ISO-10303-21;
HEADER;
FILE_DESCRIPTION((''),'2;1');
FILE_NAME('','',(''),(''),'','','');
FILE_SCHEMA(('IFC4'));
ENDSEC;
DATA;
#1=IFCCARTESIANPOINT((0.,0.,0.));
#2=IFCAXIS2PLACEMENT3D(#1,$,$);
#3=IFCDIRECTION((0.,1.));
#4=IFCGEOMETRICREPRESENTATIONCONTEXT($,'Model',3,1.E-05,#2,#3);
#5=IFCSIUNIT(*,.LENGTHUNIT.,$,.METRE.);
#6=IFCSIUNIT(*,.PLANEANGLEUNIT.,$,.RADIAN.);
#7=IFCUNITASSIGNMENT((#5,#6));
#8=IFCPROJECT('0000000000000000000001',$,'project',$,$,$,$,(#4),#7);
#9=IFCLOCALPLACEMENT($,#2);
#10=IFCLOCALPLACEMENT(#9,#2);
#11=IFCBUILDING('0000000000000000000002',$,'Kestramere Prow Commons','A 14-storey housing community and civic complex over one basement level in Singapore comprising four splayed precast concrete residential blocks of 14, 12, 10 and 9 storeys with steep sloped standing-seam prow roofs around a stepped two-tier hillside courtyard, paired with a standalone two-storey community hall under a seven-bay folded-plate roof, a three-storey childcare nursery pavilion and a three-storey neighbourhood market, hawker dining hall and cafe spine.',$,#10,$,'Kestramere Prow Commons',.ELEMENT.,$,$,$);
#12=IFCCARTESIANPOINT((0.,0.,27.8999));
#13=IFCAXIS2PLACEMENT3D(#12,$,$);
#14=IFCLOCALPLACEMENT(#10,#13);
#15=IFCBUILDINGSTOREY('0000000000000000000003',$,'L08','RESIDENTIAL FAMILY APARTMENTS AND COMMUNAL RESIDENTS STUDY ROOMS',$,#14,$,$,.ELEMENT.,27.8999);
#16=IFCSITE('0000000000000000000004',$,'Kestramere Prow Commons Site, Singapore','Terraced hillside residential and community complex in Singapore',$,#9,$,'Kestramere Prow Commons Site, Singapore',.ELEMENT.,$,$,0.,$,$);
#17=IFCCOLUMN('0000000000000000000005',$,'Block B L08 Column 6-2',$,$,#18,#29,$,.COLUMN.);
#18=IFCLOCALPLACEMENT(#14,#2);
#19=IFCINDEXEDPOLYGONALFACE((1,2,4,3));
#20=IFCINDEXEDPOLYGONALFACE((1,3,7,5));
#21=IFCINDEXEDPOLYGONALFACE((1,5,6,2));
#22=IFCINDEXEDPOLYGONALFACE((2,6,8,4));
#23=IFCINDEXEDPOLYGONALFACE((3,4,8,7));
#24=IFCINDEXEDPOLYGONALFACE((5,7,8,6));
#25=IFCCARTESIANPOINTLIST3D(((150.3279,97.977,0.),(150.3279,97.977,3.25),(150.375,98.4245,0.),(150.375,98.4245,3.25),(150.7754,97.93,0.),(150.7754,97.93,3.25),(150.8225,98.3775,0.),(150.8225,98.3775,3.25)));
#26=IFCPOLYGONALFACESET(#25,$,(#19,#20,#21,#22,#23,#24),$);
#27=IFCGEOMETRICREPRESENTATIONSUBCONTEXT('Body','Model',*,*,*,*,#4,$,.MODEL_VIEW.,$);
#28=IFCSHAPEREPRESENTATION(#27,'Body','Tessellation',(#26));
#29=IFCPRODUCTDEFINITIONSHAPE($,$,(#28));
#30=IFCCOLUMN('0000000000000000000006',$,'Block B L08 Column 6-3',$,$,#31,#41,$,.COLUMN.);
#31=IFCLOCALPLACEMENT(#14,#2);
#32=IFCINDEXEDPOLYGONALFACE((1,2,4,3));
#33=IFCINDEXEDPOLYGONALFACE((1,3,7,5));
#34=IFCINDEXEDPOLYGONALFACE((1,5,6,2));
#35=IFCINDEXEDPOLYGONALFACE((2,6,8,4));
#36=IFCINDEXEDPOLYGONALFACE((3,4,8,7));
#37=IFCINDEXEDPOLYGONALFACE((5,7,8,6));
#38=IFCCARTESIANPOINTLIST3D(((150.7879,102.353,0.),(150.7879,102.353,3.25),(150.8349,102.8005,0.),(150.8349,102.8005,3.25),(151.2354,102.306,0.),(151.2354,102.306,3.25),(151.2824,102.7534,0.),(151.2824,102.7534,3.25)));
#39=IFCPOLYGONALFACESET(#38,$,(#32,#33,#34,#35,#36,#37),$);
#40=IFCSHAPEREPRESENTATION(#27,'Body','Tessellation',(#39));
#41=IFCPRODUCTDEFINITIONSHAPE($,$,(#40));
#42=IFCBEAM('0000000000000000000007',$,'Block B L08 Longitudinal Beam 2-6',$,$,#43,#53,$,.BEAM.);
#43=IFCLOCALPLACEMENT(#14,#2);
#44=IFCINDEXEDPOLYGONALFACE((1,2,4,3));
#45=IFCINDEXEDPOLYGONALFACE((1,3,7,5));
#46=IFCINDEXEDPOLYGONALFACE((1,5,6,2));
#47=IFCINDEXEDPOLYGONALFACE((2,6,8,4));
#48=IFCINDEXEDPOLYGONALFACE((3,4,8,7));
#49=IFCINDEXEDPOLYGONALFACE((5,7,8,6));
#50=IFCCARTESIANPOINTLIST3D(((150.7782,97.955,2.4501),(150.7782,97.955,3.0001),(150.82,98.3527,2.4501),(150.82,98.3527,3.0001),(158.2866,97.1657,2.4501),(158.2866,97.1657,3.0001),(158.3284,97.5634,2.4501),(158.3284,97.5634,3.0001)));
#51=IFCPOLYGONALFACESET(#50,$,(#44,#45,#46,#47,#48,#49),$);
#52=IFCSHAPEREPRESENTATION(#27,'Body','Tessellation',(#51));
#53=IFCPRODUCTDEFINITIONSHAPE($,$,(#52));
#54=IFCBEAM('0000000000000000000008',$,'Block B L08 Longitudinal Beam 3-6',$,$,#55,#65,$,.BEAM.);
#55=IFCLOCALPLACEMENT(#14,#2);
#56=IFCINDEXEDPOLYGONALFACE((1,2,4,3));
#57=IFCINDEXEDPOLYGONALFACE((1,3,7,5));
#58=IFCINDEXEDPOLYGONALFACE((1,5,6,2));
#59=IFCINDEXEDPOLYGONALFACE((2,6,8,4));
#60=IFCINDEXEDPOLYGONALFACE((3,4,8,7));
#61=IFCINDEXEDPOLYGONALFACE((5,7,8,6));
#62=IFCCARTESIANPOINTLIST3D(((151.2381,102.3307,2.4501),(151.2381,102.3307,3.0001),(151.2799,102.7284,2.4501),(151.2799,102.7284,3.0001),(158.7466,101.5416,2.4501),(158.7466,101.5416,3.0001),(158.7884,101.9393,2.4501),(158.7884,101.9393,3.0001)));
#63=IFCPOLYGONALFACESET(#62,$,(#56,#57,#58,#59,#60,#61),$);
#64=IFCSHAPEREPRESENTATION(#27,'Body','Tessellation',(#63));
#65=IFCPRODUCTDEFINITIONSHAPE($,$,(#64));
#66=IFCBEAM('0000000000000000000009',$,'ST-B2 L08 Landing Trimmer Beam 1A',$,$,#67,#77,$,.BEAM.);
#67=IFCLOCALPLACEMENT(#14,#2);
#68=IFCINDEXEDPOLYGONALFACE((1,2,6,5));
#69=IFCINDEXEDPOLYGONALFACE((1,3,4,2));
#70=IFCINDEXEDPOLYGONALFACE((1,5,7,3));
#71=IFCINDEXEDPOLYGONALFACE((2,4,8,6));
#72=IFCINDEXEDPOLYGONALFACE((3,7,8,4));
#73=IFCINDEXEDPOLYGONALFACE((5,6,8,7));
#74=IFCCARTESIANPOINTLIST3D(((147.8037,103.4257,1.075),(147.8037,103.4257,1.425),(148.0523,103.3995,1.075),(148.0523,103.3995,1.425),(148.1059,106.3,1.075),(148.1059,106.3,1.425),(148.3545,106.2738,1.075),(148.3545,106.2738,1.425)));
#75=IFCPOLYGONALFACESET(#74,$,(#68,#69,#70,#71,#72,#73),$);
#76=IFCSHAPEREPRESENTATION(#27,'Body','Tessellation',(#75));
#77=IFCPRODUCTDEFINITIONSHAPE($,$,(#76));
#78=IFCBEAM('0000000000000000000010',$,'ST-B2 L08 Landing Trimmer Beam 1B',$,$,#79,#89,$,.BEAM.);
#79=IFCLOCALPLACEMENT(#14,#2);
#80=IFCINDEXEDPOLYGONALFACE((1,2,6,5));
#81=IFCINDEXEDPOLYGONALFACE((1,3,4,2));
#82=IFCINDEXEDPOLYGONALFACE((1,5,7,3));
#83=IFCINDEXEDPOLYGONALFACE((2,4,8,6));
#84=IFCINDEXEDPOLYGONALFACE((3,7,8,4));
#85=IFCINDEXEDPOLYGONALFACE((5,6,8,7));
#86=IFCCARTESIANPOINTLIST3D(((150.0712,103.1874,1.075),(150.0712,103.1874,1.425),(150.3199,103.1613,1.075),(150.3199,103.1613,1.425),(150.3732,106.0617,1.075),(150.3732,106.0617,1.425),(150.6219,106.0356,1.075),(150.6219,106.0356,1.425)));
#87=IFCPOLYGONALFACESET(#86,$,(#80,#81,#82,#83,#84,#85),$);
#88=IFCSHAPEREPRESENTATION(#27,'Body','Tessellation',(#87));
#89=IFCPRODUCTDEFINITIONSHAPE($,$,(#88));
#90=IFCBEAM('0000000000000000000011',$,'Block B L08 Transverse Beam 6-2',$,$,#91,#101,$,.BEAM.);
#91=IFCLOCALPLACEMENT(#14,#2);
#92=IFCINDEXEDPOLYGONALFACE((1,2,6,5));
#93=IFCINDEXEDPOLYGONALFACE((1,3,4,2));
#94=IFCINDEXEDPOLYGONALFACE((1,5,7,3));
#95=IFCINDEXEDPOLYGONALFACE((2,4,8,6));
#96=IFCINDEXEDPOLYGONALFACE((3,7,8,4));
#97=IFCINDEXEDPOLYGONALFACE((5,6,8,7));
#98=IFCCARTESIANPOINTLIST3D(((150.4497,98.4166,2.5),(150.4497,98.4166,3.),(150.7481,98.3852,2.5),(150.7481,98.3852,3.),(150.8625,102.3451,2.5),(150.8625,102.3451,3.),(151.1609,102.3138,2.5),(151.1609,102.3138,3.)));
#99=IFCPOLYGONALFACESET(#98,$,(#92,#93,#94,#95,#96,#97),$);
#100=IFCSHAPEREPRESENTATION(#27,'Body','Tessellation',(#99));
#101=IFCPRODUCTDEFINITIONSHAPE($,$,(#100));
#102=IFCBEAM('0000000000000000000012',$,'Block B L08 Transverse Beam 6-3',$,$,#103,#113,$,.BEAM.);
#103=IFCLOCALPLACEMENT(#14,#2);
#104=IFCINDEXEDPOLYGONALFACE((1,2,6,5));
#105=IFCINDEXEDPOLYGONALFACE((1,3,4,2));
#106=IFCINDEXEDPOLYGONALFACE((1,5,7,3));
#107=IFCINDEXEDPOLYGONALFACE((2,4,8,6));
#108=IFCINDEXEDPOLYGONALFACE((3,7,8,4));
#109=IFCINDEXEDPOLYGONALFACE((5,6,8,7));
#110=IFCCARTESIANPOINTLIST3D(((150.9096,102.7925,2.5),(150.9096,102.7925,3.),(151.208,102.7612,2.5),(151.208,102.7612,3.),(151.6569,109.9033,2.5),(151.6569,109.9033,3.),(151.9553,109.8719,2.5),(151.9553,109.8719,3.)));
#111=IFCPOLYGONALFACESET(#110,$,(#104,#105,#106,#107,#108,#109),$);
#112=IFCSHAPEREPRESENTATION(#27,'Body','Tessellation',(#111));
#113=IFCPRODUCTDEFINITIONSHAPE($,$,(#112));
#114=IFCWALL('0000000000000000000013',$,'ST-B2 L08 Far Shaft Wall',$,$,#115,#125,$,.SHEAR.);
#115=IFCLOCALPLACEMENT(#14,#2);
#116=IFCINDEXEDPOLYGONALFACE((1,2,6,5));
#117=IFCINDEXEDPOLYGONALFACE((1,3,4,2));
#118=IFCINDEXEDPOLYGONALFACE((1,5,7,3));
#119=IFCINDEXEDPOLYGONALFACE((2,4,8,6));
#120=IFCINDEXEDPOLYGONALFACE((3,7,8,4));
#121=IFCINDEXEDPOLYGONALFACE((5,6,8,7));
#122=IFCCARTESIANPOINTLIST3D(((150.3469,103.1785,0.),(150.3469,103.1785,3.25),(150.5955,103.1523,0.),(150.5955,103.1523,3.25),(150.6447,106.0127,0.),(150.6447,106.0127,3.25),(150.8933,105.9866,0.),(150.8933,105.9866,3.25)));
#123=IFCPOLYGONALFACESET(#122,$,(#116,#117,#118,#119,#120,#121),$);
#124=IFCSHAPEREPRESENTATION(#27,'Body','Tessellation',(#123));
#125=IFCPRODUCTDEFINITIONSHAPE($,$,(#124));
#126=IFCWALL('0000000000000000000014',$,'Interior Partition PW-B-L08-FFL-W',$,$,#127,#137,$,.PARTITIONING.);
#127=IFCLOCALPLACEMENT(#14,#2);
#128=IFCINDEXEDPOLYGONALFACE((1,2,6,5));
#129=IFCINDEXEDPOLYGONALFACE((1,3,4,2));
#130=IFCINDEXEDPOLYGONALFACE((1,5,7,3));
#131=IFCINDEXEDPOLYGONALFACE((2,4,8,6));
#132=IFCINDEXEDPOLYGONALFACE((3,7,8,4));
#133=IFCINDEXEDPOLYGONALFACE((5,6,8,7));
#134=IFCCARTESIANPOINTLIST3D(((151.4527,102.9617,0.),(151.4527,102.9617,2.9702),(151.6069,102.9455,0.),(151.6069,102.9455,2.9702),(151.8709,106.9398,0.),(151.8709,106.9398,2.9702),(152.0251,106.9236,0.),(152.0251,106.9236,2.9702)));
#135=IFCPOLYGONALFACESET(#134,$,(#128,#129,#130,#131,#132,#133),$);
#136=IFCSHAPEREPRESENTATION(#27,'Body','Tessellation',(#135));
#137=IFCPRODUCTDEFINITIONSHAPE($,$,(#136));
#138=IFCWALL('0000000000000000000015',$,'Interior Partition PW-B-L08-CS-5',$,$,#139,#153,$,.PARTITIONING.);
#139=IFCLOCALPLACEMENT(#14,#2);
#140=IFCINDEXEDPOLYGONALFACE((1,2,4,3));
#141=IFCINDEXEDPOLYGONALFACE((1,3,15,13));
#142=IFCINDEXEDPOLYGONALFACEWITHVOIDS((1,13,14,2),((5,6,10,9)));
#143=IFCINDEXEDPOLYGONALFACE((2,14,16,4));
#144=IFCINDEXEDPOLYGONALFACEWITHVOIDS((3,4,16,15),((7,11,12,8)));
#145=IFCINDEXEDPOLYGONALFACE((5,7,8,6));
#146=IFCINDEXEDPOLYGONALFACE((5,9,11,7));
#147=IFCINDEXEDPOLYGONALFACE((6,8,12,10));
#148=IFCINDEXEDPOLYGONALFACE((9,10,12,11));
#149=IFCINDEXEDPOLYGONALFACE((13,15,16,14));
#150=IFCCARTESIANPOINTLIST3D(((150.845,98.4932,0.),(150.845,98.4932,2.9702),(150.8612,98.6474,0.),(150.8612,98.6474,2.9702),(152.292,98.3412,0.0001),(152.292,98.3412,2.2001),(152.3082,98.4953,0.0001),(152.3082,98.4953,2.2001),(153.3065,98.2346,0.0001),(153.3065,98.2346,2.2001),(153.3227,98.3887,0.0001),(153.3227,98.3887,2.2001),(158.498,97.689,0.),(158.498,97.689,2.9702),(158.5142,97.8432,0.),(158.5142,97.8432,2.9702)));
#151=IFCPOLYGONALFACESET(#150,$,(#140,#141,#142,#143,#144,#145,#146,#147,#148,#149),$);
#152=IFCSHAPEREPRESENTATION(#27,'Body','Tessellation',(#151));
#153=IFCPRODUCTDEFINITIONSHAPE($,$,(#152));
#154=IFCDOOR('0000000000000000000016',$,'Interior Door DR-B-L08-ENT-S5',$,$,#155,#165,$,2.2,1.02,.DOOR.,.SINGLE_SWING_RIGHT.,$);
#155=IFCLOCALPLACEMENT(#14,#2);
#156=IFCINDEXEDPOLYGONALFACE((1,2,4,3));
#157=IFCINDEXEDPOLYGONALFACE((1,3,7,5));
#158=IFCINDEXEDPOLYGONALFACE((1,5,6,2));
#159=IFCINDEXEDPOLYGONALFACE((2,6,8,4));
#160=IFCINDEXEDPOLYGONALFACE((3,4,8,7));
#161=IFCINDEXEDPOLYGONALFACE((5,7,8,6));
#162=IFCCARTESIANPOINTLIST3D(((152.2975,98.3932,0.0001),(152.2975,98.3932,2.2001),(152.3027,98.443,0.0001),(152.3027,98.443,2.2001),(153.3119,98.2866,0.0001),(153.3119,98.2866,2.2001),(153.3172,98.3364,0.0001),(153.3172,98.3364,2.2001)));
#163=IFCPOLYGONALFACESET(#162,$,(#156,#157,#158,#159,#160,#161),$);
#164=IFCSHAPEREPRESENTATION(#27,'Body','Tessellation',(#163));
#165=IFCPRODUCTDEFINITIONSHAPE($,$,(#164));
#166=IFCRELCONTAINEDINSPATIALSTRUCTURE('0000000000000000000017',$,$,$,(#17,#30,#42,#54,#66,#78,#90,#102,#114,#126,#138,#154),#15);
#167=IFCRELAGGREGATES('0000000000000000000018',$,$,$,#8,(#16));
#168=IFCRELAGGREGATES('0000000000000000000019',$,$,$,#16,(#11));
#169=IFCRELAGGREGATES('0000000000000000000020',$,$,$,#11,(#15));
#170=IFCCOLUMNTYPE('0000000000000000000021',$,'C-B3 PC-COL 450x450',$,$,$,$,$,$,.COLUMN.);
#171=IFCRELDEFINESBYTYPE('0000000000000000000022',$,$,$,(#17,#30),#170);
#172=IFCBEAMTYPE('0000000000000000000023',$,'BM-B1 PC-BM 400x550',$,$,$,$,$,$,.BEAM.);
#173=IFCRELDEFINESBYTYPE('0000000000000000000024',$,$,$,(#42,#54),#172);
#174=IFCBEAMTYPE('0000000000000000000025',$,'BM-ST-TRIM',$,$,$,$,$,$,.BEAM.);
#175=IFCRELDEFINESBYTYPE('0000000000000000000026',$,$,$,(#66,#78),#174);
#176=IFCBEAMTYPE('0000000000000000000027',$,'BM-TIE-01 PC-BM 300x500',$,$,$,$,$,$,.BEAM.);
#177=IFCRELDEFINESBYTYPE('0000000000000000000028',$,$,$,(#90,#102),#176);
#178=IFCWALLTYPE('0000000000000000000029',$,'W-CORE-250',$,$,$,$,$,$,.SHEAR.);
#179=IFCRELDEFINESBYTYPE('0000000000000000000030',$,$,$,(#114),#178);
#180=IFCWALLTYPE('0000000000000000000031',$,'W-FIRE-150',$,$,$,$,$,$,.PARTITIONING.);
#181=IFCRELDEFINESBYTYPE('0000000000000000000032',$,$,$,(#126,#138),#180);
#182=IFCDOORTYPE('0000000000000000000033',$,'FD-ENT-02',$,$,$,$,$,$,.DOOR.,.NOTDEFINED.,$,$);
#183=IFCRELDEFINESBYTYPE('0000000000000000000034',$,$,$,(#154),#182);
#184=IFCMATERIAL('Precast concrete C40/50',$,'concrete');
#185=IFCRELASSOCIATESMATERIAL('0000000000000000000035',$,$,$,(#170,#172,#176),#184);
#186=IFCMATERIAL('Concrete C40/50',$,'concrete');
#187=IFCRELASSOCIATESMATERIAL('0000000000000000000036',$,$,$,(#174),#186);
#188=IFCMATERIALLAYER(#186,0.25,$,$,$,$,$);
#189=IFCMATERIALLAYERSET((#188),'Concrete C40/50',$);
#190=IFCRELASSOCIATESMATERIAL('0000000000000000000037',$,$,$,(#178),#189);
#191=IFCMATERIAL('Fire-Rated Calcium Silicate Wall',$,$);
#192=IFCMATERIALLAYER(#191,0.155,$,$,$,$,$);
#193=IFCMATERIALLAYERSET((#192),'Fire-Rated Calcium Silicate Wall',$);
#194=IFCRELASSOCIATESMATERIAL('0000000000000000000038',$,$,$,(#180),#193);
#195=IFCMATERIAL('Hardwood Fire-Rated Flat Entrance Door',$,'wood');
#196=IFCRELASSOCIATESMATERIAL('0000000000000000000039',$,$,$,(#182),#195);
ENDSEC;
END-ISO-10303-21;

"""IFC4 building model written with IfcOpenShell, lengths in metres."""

from ifc_helpers import new_model, si_unit, direction, frame, frame_2d, origin, origin_2d, place, context, subcontext, project, spatial, rectangle, extrude, material, layer, layer_set, material_profile, profile_set, type_object, element, fill, save


model = new_model("IFC4")

# Units and contexts
model_context = context("Model", 3, precision=1e-05, world=origin(), true_north=direction((0.0, 1.0)))
body_context = subcontext(model_context, "Body", "Model", "MODEL_VIEW")
ifc_project = project(units=[si_unit("LENGTHUNIT", "METRE"), si_unit("PLANEANGLEUNIT", "RADIAN")], contexts=[model_context])

# Site, building, storey
site_placement = place(None, origin())
site = spatial("IfcSite", under=ifc_project, at=site_placement, Name="Kestramere Prow Commons Site, Singapore", Description="Terraced hillside residential and community complex in Singapore", LongName="Kestramere Prow Commons Site, Singapore", CompositionType="ELEMENT", RefElevation=0.0)
building_placement = place(site_placement, origin())
building = spatial("IfcBuilding", under=site, at=building_placement, Name="Kestramere Prow Commons", Description="A 14-storey housing community and civic complex over one basement level in Singapore comprising four splayed precast concrete residential blocks of 14, 12, 10 and 9 storeys with steep sloped standing-seam prow roofs around a stepped two-tier hillside courtyard, paired with a standalone two-storey community hall under a seven-bay folded-plate roof, a three-storey childcare nursery pavilion and a three-storey neighbourhood market, hawker dining hall and cafe spine.", LongName="Kestramere Prow Commons", CompositionType="ELEMENT")
storey_placement = place(building_placement, frame((0.0, 0.0, 27.8999)))
storey = spatial("IfcBuildingStorey", under=building, at=storey_placement, Name="L08", Description="RESIDENTIAL FAMILY APARTMENTS AND COMMUNAL RESIDENTS STUDY ROOMS", CompositionType="ELEMENT", Elevation=27.8999)

# Columns
ifc_material_1 = material(Name="Precast concrete C40/50", Category="concrete")
ifc_material_profile_1 = material_profile(ifc_material_1, rectangle(XDim=0.45, YDim=0.45, at=origin_2d()), Name="PC-COL 450x450")
ifc_profile_set_1 = profile_set([ifc_material_profile_1], Name="Precast concrete C40/50")
column_type = type_object("IfcColumnType", Name="C-B3 PC-COL 450x450", PredefinedType="COLUMN", material=ifc_profile_set_1)
for number, where, z_axis, x_axis, name in (
    (1, (150.5752, 98.1772, 0.0), (0.0, 0.0, 1.0), (0.994522, -0.104528, 0.0), "Block B L08 Column 6-2"),
    (2, (151.0352, 102.5532, 0.0), (0.0, 0.0, 1.0), (0.994522, -0.104528, 0.0), "Block B L08 Column 6-3"),
):
    element("IfcColumn", number, at=place(storey_placement, frame(where, z_axis=z_axis, x_axis=x_axis)), inside=storey, type_object=column_type, Name=name, PredefinedType="COLUMN", context=body_context, shape_type="SweptSolid", body=[
        extrude(rectangle(XDim=0.45, YDim=0.45, at=origin_2d()), origin(), (0.0, 0.0, 1.0), 3.25),
    ])

# Beams
ifc_material_profile_2 = material_profile(ifc_material_1, rectangle(XDim=0.3999, YDim=0.55, at=origin_2d()), Name="PC-BM 400x550")
ifc_profile_set_2 = profile_set([ifc_material_profile_2], Name="Precast concrete C40/50")
beam_type_1 = type_object("IfcBeamType", Name="BM-B1 PC-BM 400x550", PredefinedType="BEAM", material=ifc_profile_set_2)
for number, where, z_axis, x_axis, name in (
    (3, (150.7991, 98.1538, 2.7251), (0.99452, -0.104545, 0.0), (0.104545, 0.99452, 0.0), "Block B L08 Longitudinal Beam 2-6"),
    (4, (151.259, 102.5295, 2.7251), (0.994524, -0.104513, 0.0), (0.104513, 0.994524, 0.0), "Block B L08 Longitudinal Beam 3-6"),
):
    element("IfcBeam", number, at=place(storey_placement, frame(where, z_axis=z_axis, x_axis=x_axis)), inside=storey, type_object=beam_type_1, Name=name, PredefinedType="BEAM", context=body_context, shape_type="SweptSolid", body=[
        extrude(rectangle(XDim=0.3999, YDim=0.55, at=origin_2d()), origin(), (0.0, 0.0, 1.0), 7.5498),
    ])
ifc_material_2 = material(Name="Concrete C40/50", Category="concrete")
ifc_material_profile_3 = material_profile(ifc_material_2, rectangle(XDim=0.25, YDim=0.3501, at=origin_2d()), Name="PC-BM 250x350")
ifc_profile_set_3 = profile_set([ifc_material_profile_3], Name="Concrete C40/50")
beam_type_2 = type_object("IfcBeamType", Name="BM-ST-TRIM", PredefinedType="BEAM", material=ifc_profile_set_3)
for number, where, z_axis, x_axis, name in (
    (5, (147.928, 103.4126, 1.25), (0.104579, 0.994517, 0.0), (-0.994517, 0.104579, 0.0), "ST-B2 L08 Landing Trimmer Beam 1A"),
    (6, (150.1956, 103.1743, 1.25), (0.104496, 0.994525, 0.0), (-0.994525, 0.104496, 0.0), "ST-B2 L08 Landing Trimmer Beam 1B"),
):
    element("IfcBeam", number, at=place(storey_placement, frame(where, z_axis=z_axis, x_axis=x_axis)), inside=storey, type_object=beam_type_2, Name=name, PredefinedType="BEAM", context=body_context, shape_type="SweptSolid", body=[
        extrude(rectangle(XDim=0.25, YDim=0.3501, at=origin_2d()), origin(), (0.0, 0.0, 1.0), 2.8901),
    ])
ifc_material_profile_4 = material_profile(ifc_material_1, rectangle(XDim=0.3, YDim=0.5, at=origin_2d()), Name="PC-BM 300x500")
ifc_profile_set_4 = profile_set([ifc_material_profile_4], Name="Precast concrete C40/50")
beam_type_3 = type_object("IfcBeamType", Name="BM-TIE-01 PC-BM 300x500", PredefinedType="BEAM", material=ifc_profile_set_4)
beam_1_placement = place(storey_placement, frame((150.5989, 98.4009, 2.75), z_axis=(0.104514, 0.994523, 0.0), x_axis=(-0.994523, 0.104514, 0.0)))
element("IfcBeam", 7, at=beam_1_placement, inside=storey, type_object=beam_type_3, Name="Block B L08 Transverse Beam 6-2", PredefinedType="BEAM", context=body_context, shape_type="SweptSolid", body=[
    extrude(rectangle(XDim=0.3, YDim=0.5, at=origin_2d()), origin(), (0.0, 0.0, 1.0), 3.9502),
])
beam_2_placement = place(storey_placement, frame((151.0588, 102.7769, 2.75), z_axis=(0.104519, 0.994523, 0.0), x_axis=(-0.994523, 0.104519, 0.0)))
element("IfcBeam", 8, at=beam_2_placement, inside=storey, type_object=beam_type_3, Name="Block B L08 Transverse Beam 6-3", PredefinedType="BEAM", context=body_context, shape_type="SweptSolid", body=[
    extrude(rectangle(XDim=0.3, YDim=0.5, at=origin_2d()), origin(), (0.0, 0.0, 1.0), 7.1499),
])

# Wall
ifc_layer_1 = layer(ifc_material_2, 0.25)
ifc_layer_set_1 = layer_set([ifc_layer_1], Name="Concrete C40/50")
wall_type_1 = type_object("IfcWallType", Name="W-CORE-250", PredefinedType="SHEAR", material=ifc_layer_set_1)
wall_1_placement = place(storey_placement, frame((150.4712, 103.1655, 0.0), z_axis=(0.0, 0.0, 1.0), x_axis=(0.104515, 0.994523, 0.0)))
element("IfcWall", 9, at=wall_1_placement, inside=storey, type_object=wall_type_1, Name="ST-B2 L08 Far Shaft Wall", PredefinedType="SHEAR", context=body_context, shape_type="SweptSolid", body=[
    extrude(rectangle(XDim=2.8499, YDim=0.25, at=frame_2d((1.4248, 0.0))), origin(), (0.0, 0.0, 1.0), 3.25),
])

# Shared definitions
ifc_material_3 = material(Name="Fire-Rated Calcium Silicate Wall")
ifc_layer_2 = layer(ifc_material_3, 0.155)
ifc_layer_set_2 = layer_set([ifc_layer_2], Name="Fire-Rated Calcium Silicate Wall")
wall_type_2 = type_object("IfcWallType", Name="W-FIRE-150", PredefinedType="PARTITIONING", material=ifc_layer_set_2)

# Wall
wall_2_placement = place(storey_placement, frame((151.5298, 102.9536, 0.0), z_axis=(0.0, 0.0, 1.0), x_axis=(0.104555, 0.994519, 0.0)))
element("IfcWall", 10, at=wall_2_placement, inside=storey, type_object=wall_type_2, Name="Interior Partition PW-B-L08-FFL-W", PredefinedType="PARTITIONING", context=body_context, shape_type="SweptSolid", body=[
    extrude(rectangle(XDim=4.0, YDim=0.155, at=frame_2d((2.0, 0.0))), origin(), (0.0, 0.0, 1.0), 2.9702),
])

# Wall, opening, door
wall_3_placement = place(storey_placement, frame((150.853, 98.5703, 0.0), z_axis=(0.0, 0.0, 1.0), x_axis=(0.994524, -0.10451, 0.0)))
wall_3 = element("IfcWall", 11, at=wall_3_placement, inside=storey, type_object=wall_type_2, Name="Interior Partition PW-B-L08-CS-5", PredefinedType="PARTITIONING", context=body_context, shape_type="SweptSolid", body=[
    extrude(rectangle(XDim=7.6951, YDim=0.155, at=frame_2d((3.8477, 0.0))), origin(), (0.0, 0.0, 1.0), 2.9702),
])
opening_1_placement = place(wall_3_placement, frame((1.4551, 0.0, 0.0)))
opening_1 = element("IfcOpeningElement", 12, at=opening_1_placement, cuts=wall_3, PredefinedType="OPENING", context=body_context, shape_type="SweptSolid", body=[
    extrude(rectangle(XDim=1.02, YDim=2.2, at=frame_2d((0.51, 1.1001))), frame((0.0, 0.0925, 0.0), z_axis=(0.0, -1.0, 0.0), x_axis=(1.0, 0.0, 0.0)), (0.0, 0.0, 1.0), 0.1851),
])
ifc_material_4 = material(Name="Hardwood Fire-Rated Flat Entrance Door", Category="wood")
door_type_1 = type_object("IfcDoorType", Name="FD-ENT-02", OperationType="NOTDEFINED", PredefinedType="DOOR", material=ifc_material_4)
door_1_placement = place(opening_1_placement, origin())
door_1 = element("IfcDoor", 13, at=door_1_placement, inside=storey, type_object=door_type_1, Name="Interior Door DR-B-L08-ENT-S5", OperationType="SINGLE_SWING_RIGHT", OverallHeight=2.2, OverallWidth=1.02, PredefinedType="DOOR", context=body_context, shape_type="SweptSolid", body=[
    extrude(rectangle(XDim=1.02, YDim=2.2, at=frame_2d((0.51, 1.1001))), frame((0.0, 0.0249, 0.0), z_axis=(0.0, -1.0, 0.0), x_axis=(1.0, 0.0, 0.0)), (0.0, 0.0, 1.0), 0.05),
])
fill(opening_1, door_1)

save(model, "model.ifc")
